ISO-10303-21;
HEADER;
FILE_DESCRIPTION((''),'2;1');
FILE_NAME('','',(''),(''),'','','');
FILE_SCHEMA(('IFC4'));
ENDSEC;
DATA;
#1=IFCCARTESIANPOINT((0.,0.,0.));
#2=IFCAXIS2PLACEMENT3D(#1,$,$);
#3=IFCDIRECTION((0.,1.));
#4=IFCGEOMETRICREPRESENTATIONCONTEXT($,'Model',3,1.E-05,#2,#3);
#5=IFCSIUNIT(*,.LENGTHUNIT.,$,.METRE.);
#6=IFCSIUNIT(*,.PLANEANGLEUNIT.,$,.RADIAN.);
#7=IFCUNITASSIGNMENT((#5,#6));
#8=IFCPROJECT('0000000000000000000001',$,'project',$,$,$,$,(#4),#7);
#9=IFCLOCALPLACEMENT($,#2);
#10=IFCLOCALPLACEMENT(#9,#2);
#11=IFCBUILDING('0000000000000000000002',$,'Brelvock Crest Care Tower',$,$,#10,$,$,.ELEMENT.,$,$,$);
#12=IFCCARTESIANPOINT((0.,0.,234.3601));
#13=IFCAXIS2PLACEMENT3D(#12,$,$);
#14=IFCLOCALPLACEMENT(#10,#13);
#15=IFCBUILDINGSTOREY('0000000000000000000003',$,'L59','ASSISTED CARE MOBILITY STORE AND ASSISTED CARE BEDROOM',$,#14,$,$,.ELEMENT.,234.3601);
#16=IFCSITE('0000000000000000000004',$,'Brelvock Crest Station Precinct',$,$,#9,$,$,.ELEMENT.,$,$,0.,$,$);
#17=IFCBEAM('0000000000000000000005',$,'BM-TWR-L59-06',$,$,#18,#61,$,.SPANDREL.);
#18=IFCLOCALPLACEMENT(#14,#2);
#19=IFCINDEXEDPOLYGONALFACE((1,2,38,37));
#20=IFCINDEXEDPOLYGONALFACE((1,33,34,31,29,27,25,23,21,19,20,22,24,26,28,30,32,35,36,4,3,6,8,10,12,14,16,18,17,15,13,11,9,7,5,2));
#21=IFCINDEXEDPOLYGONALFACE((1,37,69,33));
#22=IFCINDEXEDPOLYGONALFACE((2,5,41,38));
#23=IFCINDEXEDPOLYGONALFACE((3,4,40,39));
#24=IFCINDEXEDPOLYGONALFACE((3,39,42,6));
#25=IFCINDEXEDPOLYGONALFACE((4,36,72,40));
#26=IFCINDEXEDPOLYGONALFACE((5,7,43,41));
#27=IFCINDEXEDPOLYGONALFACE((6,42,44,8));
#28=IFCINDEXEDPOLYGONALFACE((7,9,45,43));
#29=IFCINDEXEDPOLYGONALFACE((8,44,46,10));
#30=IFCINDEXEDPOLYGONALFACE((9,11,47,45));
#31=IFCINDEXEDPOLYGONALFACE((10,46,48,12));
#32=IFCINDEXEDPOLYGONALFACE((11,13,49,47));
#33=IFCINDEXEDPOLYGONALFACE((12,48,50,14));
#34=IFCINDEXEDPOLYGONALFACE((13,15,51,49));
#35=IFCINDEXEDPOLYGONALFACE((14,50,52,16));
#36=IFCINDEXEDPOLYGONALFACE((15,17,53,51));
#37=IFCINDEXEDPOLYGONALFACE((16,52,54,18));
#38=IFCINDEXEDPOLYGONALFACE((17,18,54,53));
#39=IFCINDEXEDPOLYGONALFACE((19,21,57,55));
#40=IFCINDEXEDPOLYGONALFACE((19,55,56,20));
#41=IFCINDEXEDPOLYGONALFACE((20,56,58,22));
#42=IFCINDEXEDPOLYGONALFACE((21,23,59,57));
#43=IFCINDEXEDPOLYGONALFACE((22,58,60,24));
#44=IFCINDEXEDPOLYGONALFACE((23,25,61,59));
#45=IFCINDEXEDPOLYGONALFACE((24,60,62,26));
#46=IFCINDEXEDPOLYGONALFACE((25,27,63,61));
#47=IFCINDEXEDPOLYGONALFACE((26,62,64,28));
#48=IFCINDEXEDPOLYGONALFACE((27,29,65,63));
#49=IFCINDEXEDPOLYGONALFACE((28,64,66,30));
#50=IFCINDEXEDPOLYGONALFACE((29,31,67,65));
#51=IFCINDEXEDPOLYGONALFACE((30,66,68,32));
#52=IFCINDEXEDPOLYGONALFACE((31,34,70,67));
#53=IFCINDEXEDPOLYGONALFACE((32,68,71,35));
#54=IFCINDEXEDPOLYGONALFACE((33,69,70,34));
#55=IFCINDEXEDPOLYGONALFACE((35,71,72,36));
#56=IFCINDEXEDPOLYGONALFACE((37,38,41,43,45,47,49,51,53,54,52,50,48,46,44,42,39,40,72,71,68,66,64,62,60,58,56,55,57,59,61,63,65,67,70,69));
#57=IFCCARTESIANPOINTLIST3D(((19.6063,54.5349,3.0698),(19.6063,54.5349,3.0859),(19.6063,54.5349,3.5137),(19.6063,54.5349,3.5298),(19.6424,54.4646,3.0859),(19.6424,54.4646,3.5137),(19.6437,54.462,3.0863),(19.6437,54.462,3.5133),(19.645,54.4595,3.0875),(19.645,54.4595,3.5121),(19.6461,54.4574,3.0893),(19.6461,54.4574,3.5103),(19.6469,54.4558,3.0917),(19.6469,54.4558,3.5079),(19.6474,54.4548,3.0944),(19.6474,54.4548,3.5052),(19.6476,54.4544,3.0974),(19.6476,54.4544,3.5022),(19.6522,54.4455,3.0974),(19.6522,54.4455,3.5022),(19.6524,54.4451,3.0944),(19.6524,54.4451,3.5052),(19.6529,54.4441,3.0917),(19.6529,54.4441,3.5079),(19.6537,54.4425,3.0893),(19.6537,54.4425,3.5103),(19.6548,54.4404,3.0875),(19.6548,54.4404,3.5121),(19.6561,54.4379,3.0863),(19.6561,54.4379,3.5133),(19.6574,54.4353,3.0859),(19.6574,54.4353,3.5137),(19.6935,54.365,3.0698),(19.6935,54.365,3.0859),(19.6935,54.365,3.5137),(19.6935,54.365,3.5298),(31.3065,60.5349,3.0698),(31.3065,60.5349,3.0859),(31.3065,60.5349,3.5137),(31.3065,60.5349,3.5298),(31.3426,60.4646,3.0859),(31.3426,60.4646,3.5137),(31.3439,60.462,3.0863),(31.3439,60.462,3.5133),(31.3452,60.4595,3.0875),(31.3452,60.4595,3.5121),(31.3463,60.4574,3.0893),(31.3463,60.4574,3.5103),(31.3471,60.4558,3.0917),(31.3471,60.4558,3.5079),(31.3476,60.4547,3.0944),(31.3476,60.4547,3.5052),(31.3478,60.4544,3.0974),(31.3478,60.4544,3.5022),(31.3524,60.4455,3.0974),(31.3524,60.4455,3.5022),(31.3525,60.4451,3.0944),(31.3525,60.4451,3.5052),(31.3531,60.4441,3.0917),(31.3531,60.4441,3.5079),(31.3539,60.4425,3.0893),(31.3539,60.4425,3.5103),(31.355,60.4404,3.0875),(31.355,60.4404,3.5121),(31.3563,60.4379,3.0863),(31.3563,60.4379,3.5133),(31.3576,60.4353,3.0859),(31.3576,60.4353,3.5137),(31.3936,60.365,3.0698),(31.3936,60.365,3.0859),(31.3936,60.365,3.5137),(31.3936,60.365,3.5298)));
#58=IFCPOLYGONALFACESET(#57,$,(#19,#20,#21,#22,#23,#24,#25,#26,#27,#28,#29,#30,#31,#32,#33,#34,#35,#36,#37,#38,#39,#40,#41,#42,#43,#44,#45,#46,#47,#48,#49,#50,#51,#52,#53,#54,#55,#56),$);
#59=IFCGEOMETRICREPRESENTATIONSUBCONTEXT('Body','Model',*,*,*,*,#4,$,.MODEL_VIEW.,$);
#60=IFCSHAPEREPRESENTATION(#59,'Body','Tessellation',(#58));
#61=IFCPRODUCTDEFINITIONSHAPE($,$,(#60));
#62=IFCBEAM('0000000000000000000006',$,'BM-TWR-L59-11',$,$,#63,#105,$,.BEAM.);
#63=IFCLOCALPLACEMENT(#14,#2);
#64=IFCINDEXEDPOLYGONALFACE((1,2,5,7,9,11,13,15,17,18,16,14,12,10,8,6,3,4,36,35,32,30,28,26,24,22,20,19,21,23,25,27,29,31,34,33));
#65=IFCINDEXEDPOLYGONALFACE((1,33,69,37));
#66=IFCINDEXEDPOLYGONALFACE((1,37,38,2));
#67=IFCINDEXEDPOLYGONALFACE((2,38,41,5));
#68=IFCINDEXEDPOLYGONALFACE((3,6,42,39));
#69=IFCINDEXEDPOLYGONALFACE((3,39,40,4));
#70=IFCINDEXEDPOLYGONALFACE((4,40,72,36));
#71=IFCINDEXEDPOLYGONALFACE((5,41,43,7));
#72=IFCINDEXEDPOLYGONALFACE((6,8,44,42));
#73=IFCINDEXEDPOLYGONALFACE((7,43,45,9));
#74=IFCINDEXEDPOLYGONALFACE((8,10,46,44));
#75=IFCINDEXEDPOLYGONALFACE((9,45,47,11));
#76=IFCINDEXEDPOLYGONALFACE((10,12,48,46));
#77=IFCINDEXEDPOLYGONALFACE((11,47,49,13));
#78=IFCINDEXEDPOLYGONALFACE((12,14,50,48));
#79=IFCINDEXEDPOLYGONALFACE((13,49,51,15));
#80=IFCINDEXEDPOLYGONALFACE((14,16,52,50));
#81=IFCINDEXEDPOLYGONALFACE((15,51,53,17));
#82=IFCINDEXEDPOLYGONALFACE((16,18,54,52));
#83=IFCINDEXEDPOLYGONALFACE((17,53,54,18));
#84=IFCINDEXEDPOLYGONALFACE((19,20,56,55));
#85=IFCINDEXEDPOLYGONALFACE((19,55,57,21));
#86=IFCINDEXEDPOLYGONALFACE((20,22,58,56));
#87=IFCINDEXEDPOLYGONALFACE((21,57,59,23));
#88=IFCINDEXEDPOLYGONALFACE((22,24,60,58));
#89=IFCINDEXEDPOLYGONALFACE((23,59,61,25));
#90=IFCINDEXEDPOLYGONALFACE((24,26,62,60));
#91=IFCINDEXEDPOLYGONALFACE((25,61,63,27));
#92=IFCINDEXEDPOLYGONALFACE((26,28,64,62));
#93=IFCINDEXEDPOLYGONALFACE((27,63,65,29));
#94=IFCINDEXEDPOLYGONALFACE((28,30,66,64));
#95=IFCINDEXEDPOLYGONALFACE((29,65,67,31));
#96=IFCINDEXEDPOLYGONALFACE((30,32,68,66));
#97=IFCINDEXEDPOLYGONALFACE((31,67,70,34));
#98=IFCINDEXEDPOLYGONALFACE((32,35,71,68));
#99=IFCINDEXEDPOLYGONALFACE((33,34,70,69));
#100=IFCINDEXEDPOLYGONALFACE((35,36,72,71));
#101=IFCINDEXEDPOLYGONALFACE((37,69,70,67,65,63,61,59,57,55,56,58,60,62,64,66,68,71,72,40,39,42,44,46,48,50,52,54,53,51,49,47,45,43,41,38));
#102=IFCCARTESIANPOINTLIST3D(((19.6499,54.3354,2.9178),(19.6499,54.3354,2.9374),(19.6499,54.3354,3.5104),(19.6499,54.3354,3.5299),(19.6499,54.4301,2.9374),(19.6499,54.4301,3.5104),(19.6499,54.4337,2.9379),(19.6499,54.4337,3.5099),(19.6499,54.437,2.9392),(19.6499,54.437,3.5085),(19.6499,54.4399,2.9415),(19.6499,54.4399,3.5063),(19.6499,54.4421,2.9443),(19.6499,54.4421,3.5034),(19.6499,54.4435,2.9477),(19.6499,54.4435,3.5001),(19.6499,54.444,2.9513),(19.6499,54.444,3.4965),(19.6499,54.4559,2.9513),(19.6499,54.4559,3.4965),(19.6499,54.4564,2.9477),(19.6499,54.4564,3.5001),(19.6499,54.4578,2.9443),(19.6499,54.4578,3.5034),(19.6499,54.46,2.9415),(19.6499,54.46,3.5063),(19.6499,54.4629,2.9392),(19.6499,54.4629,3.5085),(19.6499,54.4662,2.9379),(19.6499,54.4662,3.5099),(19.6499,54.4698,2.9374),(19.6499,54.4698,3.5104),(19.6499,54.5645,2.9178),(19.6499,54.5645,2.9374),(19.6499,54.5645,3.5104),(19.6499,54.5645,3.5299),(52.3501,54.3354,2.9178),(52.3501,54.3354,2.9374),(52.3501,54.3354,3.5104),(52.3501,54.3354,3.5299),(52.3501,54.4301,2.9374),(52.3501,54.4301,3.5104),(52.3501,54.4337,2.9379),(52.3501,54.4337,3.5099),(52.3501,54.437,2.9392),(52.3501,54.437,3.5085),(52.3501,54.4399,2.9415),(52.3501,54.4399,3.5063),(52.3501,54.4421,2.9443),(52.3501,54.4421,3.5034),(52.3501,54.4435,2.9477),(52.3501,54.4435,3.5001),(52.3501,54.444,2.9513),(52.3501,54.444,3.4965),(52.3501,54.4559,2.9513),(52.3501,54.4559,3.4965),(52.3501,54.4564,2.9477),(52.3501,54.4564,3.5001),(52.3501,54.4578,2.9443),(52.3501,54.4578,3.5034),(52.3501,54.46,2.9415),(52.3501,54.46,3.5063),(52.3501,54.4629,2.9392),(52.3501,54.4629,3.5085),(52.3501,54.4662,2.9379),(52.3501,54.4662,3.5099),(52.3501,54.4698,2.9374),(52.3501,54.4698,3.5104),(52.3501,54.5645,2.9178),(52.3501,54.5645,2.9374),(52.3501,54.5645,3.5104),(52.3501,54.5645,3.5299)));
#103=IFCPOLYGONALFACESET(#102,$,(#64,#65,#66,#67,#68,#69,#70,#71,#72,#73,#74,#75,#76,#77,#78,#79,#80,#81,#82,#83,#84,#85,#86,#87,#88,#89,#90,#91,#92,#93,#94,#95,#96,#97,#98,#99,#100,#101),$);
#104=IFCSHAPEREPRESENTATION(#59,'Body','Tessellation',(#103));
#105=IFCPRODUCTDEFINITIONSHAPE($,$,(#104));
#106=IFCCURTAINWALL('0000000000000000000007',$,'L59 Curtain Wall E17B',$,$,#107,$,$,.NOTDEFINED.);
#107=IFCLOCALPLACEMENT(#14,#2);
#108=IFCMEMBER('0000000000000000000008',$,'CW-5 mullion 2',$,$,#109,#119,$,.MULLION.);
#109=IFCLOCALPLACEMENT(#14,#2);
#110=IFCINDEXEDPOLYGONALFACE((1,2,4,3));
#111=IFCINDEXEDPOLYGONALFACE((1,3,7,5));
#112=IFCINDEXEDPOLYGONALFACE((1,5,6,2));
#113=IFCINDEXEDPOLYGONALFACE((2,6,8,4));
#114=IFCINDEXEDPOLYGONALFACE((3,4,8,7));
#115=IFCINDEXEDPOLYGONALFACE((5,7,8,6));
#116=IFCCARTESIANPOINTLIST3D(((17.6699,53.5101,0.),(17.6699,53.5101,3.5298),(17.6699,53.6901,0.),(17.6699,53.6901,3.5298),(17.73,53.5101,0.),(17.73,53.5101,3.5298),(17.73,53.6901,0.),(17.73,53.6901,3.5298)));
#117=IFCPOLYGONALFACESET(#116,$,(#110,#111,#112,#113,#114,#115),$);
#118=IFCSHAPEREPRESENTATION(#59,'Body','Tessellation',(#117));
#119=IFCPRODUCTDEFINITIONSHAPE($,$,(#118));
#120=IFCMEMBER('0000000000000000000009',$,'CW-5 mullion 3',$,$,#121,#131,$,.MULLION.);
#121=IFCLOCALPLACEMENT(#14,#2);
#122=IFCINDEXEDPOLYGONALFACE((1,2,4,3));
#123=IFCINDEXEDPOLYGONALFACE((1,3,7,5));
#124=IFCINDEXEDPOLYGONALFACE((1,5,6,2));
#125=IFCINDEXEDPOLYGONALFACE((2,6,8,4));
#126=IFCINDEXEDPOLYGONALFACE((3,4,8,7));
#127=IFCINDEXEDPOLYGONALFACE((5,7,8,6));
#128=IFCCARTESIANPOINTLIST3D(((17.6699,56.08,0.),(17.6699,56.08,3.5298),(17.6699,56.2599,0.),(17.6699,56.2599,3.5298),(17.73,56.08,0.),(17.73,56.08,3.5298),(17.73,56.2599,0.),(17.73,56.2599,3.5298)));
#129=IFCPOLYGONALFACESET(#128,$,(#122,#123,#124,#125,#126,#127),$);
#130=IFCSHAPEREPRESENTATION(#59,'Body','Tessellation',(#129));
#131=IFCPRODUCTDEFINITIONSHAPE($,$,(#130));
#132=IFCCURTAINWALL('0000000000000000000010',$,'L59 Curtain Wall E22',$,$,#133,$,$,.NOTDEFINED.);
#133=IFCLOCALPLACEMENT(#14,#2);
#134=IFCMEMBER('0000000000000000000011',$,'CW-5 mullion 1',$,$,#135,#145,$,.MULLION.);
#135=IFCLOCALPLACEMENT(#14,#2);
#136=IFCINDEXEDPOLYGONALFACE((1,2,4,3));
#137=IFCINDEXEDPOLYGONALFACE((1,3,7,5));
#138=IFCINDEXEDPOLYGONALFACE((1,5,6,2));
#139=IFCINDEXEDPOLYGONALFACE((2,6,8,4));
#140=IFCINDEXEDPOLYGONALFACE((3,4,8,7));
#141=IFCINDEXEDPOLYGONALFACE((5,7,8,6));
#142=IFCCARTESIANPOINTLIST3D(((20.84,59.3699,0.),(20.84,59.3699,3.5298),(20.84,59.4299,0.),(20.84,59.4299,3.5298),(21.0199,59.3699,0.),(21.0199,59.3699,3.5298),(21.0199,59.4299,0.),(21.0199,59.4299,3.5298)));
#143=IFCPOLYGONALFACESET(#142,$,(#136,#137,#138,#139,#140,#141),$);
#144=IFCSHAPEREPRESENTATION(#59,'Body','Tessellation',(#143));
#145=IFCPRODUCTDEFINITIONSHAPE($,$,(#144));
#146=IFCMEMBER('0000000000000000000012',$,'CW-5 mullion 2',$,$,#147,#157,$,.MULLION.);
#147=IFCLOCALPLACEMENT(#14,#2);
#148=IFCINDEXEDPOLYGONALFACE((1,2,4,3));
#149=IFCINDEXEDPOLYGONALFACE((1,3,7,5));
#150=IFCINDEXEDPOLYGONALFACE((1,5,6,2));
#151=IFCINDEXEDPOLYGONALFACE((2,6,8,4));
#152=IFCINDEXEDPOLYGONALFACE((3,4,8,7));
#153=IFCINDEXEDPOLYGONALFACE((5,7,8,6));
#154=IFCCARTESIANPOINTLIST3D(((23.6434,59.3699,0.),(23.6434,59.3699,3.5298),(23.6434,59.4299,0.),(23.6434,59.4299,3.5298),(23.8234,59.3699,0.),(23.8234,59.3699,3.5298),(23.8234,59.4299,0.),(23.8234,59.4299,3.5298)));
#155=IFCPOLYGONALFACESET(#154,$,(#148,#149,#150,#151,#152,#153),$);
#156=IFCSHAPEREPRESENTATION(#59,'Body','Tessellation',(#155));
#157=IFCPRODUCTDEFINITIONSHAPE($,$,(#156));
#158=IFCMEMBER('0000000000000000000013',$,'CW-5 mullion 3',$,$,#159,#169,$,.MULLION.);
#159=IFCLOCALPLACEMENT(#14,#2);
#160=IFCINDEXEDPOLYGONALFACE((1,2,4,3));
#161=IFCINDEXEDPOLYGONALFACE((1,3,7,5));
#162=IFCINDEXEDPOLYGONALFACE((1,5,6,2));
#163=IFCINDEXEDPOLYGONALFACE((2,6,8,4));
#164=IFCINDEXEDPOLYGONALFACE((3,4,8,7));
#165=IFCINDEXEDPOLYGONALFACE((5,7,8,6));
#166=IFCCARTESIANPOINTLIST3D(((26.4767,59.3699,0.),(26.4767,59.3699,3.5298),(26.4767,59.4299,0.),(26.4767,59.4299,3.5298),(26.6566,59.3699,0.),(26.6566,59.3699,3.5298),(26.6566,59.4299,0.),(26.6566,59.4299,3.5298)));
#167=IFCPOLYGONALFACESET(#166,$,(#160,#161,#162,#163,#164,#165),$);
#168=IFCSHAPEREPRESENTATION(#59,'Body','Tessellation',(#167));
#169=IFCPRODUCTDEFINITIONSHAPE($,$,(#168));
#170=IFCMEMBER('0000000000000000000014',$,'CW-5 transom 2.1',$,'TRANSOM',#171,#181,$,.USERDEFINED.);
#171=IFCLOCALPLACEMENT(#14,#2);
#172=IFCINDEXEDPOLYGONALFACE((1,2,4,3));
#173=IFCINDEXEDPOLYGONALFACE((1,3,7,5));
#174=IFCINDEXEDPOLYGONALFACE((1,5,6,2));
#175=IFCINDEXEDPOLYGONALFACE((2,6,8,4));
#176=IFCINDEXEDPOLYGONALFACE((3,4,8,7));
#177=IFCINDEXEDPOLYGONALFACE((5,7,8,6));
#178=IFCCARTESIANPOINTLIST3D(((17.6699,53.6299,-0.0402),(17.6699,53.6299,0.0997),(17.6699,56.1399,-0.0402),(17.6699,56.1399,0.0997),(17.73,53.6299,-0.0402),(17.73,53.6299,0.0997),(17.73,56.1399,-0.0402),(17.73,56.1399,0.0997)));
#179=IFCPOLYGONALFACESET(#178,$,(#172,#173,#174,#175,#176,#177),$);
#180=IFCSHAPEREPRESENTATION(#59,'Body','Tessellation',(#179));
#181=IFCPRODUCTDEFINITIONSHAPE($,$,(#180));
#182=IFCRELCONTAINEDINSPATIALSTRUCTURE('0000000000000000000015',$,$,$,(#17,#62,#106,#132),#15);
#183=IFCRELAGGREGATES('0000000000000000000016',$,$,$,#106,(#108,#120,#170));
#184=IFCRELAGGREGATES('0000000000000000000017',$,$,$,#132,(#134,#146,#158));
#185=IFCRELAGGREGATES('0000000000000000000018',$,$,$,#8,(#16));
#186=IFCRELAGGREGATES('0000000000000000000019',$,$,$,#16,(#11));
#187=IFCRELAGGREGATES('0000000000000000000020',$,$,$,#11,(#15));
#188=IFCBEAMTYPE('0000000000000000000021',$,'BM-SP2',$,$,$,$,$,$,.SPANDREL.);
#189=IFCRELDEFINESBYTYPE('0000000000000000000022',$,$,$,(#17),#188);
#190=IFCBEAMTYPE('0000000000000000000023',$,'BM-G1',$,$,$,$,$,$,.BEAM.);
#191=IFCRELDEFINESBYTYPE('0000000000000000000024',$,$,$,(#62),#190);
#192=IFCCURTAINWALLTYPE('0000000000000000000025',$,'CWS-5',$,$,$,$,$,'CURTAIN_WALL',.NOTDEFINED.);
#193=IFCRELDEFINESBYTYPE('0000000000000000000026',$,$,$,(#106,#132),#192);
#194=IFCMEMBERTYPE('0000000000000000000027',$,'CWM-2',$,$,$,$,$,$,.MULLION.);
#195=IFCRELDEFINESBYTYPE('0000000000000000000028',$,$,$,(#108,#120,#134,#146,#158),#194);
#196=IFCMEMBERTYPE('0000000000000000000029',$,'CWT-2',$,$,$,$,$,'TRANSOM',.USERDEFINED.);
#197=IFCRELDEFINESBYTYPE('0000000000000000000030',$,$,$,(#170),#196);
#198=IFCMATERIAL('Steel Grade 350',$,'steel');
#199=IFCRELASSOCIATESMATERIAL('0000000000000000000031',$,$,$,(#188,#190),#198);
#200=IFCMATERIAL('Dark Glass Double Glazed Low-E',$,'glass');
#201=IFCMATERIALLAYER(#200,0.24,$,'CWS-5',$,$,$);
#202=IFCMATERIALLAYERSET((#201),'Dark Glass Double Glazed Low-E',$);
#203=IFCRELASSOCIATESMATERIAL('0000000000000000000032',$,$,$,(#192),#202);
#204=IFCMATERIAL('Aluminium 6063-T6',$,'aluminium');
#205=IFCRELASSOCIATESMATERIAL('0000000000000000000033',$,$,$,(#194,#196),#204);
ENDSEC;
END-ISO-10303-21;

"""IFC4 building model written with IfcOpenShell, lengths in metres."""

from ifc_helpers import new_model, si_unit, direction, frame, origin, origin_2d, place, context, subcontext, project, spatial, rectangle, i_section, extrude, source, transform, mapped, material, layer, layer_set, material_profile, profile_set, type_object, element, aggregate, save


model = new_model("IFC4")

# Units and contexts
model_context = context("Model", 3, precision=1e-05, world=origin(), true_north=direction((0.0, 1.0)))
body_context = subcontext(model_context, "Body", "Model", "MODEL_VIEW")
ifc_project = project(units=[si_unit("LENGTHUNIT", "METRE"), si_unit("PLANEANGLEUNIT", "RADIAN")], contexts=[model_context])

# Site, building, storey
site_placement = place(None, origin())
site = spatial("IfcSite", under=ifc_project, at=site_placement, Name="Brelvock Crest Station Precinct", CompositionType="ELEMENT", RefElevation=0.0)
building_placement = place(site_placement, origin())
building = spatial("IfcBuilding", under=site, at=building_placement, Name="Brelvock Crest Care Tower", CompositionType="ELEMENT")
storey_placement = place(building_placement, frame((0.0, 0.0, 234.3601)))
storey = spatial("IfcBuildingStorey", under=building, at=storey_placement, Name="L59", Description="ASSISTED CARE MOBILITY STORE AND ASSISTED CARE BEDROOM", CompositionType="ELEMENT", Elevation=234.3601)

# Shared definitions
ifc_material_1 = material(Name="Steel Grade 350", Category="steel")

# Beams
ifc_material_profile_1 = material_profile(ifc_material_1, i_section(OverallWidth=0.1909, OverallDepth=0.46, WebThickness=0.01, FlangeThickness=0.0161, FilletRadius=0.0115, at=origin_2d()), Name="460UB82.1")
ifc_profile_set_1 = profile_set([ifc_material_profile_1], Name="Steel Grade 350")
beam_type_1 = type_object("IfcBeamType", Name="BM-SP2", PredefinedType="SPANDREL", material=ifc_profile_set_1)
shared_shape_1 = source(origin(), body_context, "Body", "SweptSolid", [
    extrude(i_section(OverallWidth=0.1909, OverallDepth=0.46, WebThickness=0.01, FlangeThickness=0.0161, FilletRadius=0.0115, at=origin_2d()), origin(), (0.0, 0.0, 1.0), 13.1489),
])
beam_1_placement = place(storey_placement, frame((19.6499, 54.45, 3.2998), z_axis=(0.889821, 0.456311, 0.0), x_axis=(-0.456311, 0.889821, 0.0)))
element("IfcBeam", 1, at=beam_1_placement, inside=storey, type_object=beam_type_1, Name="BM-TWR-L59-06", PredefinedType="SPANDREL", context=body_context, shape_type="MappedRepresentation", body=[
    mapped(shared_shape_1, transform((0.0, 0.0, 0.0), x_axis=(1.0, 0.0, 0.0), y_axis=(0.0, 1.0, 0.0), z_axis=(0.0, 0.0, 1.0), scale=1.0)),
])
ifc_material_profile_2 = material_profile(ifc_material_1, i_section(OverallWidth=0.229, OverallDepth=0.6121, WebThickness=0.012, FlangeThickness=0.0195, FilletRadius=0.0139, at=origin_2d()), Name="610UB125")
ifc_profile_set_2 = profile_set([ifc_material_profile_2], Name="Steel Grade 350")
beam_type_2 = type_object("IfcBeamType", Name="BM-G1", PredefinedType="BEAM", material=ifc_profile_set_2)
shared_shape_2 = source(origin(), body_context, "Body", "SweptSolid", [
    extrude(i_section(OverallWidth=0.229, OverallDepth=0.6121, WebThickness=0.012, FlangeThickness=0.0195, FilletRadius=0.0139, at=origin_2d()), origin(), (0.0, 0.0, 1.0), 32.7002),
])
beam_2_placement = place(storey_placement, frame((19.6499, 54.45, 3.2239), z_axis=(1.0, 0.0, 0.0), x_axis=(0.0, 1.0, 0.0)))
element("IfcBeam", 2, at=beam_2_placement, inside=storey, type_object=beam_type_2, Name="BM-TWR-L59-11", PredefinedType="BEAM", context=body_context, shape_type="MappedRepresentation", body=[
    mapped(shared_shape_2, transform((0.0, 0.0, 0.0), x_axis=(1.0, 0.0, 0.0), y_axis=(0.0, 1.0, 0.0), z_axis=(0.0, 0.0, 1.0), scale=1.0)),
])

# Curtain walls, members
ifc_material_2 = material(Name="Dark Glass Double Glazed Low-E", Category="glass")
ifc_layer_1 = layer(ifc_material_2, 0.24, Name="CWS-5")
ifc_layer_set_1 = layer_set([ifc_layer_1], Name="Dark Glass Double Glazed Low-E")
curtain_wall_type = type_object("IfcCurtainWallType", Name="CWS-5", ElementType="CURTAIN_WALL", PredefinedType="NOTDEFINED", material=ifc_layer_set_1)
curtain_wall_1_placement = place(storey_placement, origin())
curtain_wall_1 = element("IfcCurtainWall", 3, at=curtain_wall_1_placement, inside=storey, type_object=curtain_wall_type, Name="L59 Curtain Wall E17B", PredefinedType="NOTDEFINED")
ifc_material_3 = material(Name="Aluminium 6063-T6", Category="aluminium")
ifc_material_profile_3 = material_profile(ifc_material_3, rectangle(XDim=0.0601, YDim=0.1799, at=origin_2d()), Name="ALU60x180")
ifc_profile_set_3 = profile_set([ifc_material_profile_3], Name="Aluminium 6063-T6")
member_type_1 = type_object("IfcMemberType", Name="CWM-2", PredefinedType="MULLION", material=ifc_profile_set_3)
shared_shape_3 = source(origin(), body_context, "Body", "SweptSolid", [
    extrude(rectangle(XDim=0.0601, YDim=0.1799, at=origin_2d()), origin(), (0.0, 0.0, 1.0), 3.5298),
])
member_1_placement = place(storey_placement, frame((17.7, 53.6001, 0.0), z_axis=(0.0, 0.0, 1.0), x_axis=(-1.0, 0.0, 0.0)))
member_1 = element("IfcMember", 4, at=member_1_placement, type_object=member_type_1, Name="CW-5 mullion 2", PredefinedType="MULLION", context=body_context, shape_type="MappedRepresentation", body=[
    mapped(shared_shape_3, transform((0.0, 0.0, 0.0), x_axis=(1.0, 0.0, 0.0), y_axis=(0.0, 1.0, 0.0), z_axis=(0.0, 0.0, 1.0), scale=1.0)),
])
member_2_placement = place(storey_placement, frame((17.7, 56.1699, 0.0), z_axis=(0.0, 0.0, 1.0), x_axis=(-1.0, 0.0, 0.0)))
member_2 = element("IfcMember", 5, at=member_2_placement, type_object=member_type_1, Name="CW-5 mullion 3", PredefinedType="MULLION", context=body_context, shape_type="MappedRepresentation", body=[
    mapped(shared_shape_3, transform((0.0, 0.0, 0.0), x_axis=(1.0, 0.0, 0.0), y_axis=(0.0, 1.0, 0.0), z_axis=(0.0, 0.0, 1.0), scale=1.0)),
])
curtain_wall_2_placement = place(storey_placement, origin())
curtain_wall_2 = element("IfcCurtainWall", 6, at=curtain_wall_2_placement, inside=storey, type_object=curtain_wall_type, Name="L59 Curtain Wall E22", PredefinedType="NOTDEFINED")
member_3_placement = place(storey_placement, frame((20.9299, 59.3999, 0.0), z_axis=(0.0, 0.0, 1.0), x_axis=(0.0, 1.0, 0.0)))
member_3 = element("IfcMember", 7, at=member_3_placement, type_object=member_type_1, Name="CW-5 mullion 1", PredefinedType="MULLION", context=body_context, shape_type="MappedRepresentation", body=[
    mapped(shared_shape_3, transform((0.0, 0.0, 0.0), x_axis=(1.0, 0.0, 0.0), y_axis=(0.0, 1.0, 0.0), z_axis=(0.0, 0.0, 1.0), scale=1.0)),
])
member_4_placement = place(storey_placement, frame((23.7334, 59.3999, 0.0), z_axis=(0.0, 0.0, 1.0), x_axis=(0.0, 1.0, 0.0)))
member_4 = element("IfcMember", 8, at=member_4_placement, type_object=member_type_1, Name="CW-5 mullion 2", PredefinedType="MULLION", context=body_context, shape_type="MappedRepresentation", body=[
    mapped(shared_shape_3, transform((0.0, 0.0, 0.0), x_axis=(1.0, 0.0, 0.0), y_axis=(0.0, 1.0, 0.0), z_axis=(0.0, 0.0, 1.0), scale=1.0)),
])
member_5_placement = place(storey_placement, frame((26.5667, 59.3999, 0.0), z_axis=(0.0, 0.0, 1.0), x_axis=(0.0, 1.0, 0.0)))
member_5 = element("IfcMember", 9, at=member_5_placement, type_object=member_type_1, Name="CW-5 mullion 3", PredefinedType="MULLION", context=body_context, shape_type="MappedRepresentation", body=[
    mapped(shared_shape_3, transform((0.0, 0.0, 0.0), x_axis=(1.0, 0.0, 0.0), y_axis=(0.0, 1.0, 0.0), z_axis=(0.0, 0.0, 1.0), scale=1.0)),
])

# Member
ifc_material_profile_4 = material_profile(ifc_material_3, rectangle(XDim=0.0601, YDim=0.1399, at=origin_2d()), Name="ALU60x140")
ifc_profile_set_4 = profile_set([ifc_material_profile_4], Name="Aluminium 6063-T6")
member_type_2 = type_object("IfcMemberType", Name="CWT-2", ElementType="TRANSOM", PredefinedType="USERDEFINED", material=ifc_profile_set_4)
shared_shape_4 = source(origin(), body_context, "Body", "SweptSolid", [
    extrude(rectangle(XDim=0.0601, YDim=0.1399, at=origin_2d()), origin(), (0.0, 0.0, 1.0), 2.51),
])
member_6_placement = place(storey_placement, frame((17.7, 53.6299, 0.0298), z_axis=(0.0, 1.0, 0.0), x_axis=(-1.0, 0.0, 0.0)))
member_6 = element("IfcMember", 10, at=member_6_placement, type_object=member_type_2, Name="CW-5 transom 2.1", ObjectType="TRANSOM", PredefinedType="USERDEFINED", context=body_context, shape_type="MappedRepresentation", body=[
    mapped(shared_shape_4, transform((0.0, 0.0, 0.0), x_axis=(1.0, 0.0, 0.0), y_axis=(0.0, 1.0, 0.0), z_axis=(0.0, 0.0, 1.0), scale=1.0)),
])

aggregate(curtain_wall_1, [member_1, member_2, member_6])
aggregate(curtain_wall_2, [member_3, member_4, member_5])

save(model, "model.ifc")
